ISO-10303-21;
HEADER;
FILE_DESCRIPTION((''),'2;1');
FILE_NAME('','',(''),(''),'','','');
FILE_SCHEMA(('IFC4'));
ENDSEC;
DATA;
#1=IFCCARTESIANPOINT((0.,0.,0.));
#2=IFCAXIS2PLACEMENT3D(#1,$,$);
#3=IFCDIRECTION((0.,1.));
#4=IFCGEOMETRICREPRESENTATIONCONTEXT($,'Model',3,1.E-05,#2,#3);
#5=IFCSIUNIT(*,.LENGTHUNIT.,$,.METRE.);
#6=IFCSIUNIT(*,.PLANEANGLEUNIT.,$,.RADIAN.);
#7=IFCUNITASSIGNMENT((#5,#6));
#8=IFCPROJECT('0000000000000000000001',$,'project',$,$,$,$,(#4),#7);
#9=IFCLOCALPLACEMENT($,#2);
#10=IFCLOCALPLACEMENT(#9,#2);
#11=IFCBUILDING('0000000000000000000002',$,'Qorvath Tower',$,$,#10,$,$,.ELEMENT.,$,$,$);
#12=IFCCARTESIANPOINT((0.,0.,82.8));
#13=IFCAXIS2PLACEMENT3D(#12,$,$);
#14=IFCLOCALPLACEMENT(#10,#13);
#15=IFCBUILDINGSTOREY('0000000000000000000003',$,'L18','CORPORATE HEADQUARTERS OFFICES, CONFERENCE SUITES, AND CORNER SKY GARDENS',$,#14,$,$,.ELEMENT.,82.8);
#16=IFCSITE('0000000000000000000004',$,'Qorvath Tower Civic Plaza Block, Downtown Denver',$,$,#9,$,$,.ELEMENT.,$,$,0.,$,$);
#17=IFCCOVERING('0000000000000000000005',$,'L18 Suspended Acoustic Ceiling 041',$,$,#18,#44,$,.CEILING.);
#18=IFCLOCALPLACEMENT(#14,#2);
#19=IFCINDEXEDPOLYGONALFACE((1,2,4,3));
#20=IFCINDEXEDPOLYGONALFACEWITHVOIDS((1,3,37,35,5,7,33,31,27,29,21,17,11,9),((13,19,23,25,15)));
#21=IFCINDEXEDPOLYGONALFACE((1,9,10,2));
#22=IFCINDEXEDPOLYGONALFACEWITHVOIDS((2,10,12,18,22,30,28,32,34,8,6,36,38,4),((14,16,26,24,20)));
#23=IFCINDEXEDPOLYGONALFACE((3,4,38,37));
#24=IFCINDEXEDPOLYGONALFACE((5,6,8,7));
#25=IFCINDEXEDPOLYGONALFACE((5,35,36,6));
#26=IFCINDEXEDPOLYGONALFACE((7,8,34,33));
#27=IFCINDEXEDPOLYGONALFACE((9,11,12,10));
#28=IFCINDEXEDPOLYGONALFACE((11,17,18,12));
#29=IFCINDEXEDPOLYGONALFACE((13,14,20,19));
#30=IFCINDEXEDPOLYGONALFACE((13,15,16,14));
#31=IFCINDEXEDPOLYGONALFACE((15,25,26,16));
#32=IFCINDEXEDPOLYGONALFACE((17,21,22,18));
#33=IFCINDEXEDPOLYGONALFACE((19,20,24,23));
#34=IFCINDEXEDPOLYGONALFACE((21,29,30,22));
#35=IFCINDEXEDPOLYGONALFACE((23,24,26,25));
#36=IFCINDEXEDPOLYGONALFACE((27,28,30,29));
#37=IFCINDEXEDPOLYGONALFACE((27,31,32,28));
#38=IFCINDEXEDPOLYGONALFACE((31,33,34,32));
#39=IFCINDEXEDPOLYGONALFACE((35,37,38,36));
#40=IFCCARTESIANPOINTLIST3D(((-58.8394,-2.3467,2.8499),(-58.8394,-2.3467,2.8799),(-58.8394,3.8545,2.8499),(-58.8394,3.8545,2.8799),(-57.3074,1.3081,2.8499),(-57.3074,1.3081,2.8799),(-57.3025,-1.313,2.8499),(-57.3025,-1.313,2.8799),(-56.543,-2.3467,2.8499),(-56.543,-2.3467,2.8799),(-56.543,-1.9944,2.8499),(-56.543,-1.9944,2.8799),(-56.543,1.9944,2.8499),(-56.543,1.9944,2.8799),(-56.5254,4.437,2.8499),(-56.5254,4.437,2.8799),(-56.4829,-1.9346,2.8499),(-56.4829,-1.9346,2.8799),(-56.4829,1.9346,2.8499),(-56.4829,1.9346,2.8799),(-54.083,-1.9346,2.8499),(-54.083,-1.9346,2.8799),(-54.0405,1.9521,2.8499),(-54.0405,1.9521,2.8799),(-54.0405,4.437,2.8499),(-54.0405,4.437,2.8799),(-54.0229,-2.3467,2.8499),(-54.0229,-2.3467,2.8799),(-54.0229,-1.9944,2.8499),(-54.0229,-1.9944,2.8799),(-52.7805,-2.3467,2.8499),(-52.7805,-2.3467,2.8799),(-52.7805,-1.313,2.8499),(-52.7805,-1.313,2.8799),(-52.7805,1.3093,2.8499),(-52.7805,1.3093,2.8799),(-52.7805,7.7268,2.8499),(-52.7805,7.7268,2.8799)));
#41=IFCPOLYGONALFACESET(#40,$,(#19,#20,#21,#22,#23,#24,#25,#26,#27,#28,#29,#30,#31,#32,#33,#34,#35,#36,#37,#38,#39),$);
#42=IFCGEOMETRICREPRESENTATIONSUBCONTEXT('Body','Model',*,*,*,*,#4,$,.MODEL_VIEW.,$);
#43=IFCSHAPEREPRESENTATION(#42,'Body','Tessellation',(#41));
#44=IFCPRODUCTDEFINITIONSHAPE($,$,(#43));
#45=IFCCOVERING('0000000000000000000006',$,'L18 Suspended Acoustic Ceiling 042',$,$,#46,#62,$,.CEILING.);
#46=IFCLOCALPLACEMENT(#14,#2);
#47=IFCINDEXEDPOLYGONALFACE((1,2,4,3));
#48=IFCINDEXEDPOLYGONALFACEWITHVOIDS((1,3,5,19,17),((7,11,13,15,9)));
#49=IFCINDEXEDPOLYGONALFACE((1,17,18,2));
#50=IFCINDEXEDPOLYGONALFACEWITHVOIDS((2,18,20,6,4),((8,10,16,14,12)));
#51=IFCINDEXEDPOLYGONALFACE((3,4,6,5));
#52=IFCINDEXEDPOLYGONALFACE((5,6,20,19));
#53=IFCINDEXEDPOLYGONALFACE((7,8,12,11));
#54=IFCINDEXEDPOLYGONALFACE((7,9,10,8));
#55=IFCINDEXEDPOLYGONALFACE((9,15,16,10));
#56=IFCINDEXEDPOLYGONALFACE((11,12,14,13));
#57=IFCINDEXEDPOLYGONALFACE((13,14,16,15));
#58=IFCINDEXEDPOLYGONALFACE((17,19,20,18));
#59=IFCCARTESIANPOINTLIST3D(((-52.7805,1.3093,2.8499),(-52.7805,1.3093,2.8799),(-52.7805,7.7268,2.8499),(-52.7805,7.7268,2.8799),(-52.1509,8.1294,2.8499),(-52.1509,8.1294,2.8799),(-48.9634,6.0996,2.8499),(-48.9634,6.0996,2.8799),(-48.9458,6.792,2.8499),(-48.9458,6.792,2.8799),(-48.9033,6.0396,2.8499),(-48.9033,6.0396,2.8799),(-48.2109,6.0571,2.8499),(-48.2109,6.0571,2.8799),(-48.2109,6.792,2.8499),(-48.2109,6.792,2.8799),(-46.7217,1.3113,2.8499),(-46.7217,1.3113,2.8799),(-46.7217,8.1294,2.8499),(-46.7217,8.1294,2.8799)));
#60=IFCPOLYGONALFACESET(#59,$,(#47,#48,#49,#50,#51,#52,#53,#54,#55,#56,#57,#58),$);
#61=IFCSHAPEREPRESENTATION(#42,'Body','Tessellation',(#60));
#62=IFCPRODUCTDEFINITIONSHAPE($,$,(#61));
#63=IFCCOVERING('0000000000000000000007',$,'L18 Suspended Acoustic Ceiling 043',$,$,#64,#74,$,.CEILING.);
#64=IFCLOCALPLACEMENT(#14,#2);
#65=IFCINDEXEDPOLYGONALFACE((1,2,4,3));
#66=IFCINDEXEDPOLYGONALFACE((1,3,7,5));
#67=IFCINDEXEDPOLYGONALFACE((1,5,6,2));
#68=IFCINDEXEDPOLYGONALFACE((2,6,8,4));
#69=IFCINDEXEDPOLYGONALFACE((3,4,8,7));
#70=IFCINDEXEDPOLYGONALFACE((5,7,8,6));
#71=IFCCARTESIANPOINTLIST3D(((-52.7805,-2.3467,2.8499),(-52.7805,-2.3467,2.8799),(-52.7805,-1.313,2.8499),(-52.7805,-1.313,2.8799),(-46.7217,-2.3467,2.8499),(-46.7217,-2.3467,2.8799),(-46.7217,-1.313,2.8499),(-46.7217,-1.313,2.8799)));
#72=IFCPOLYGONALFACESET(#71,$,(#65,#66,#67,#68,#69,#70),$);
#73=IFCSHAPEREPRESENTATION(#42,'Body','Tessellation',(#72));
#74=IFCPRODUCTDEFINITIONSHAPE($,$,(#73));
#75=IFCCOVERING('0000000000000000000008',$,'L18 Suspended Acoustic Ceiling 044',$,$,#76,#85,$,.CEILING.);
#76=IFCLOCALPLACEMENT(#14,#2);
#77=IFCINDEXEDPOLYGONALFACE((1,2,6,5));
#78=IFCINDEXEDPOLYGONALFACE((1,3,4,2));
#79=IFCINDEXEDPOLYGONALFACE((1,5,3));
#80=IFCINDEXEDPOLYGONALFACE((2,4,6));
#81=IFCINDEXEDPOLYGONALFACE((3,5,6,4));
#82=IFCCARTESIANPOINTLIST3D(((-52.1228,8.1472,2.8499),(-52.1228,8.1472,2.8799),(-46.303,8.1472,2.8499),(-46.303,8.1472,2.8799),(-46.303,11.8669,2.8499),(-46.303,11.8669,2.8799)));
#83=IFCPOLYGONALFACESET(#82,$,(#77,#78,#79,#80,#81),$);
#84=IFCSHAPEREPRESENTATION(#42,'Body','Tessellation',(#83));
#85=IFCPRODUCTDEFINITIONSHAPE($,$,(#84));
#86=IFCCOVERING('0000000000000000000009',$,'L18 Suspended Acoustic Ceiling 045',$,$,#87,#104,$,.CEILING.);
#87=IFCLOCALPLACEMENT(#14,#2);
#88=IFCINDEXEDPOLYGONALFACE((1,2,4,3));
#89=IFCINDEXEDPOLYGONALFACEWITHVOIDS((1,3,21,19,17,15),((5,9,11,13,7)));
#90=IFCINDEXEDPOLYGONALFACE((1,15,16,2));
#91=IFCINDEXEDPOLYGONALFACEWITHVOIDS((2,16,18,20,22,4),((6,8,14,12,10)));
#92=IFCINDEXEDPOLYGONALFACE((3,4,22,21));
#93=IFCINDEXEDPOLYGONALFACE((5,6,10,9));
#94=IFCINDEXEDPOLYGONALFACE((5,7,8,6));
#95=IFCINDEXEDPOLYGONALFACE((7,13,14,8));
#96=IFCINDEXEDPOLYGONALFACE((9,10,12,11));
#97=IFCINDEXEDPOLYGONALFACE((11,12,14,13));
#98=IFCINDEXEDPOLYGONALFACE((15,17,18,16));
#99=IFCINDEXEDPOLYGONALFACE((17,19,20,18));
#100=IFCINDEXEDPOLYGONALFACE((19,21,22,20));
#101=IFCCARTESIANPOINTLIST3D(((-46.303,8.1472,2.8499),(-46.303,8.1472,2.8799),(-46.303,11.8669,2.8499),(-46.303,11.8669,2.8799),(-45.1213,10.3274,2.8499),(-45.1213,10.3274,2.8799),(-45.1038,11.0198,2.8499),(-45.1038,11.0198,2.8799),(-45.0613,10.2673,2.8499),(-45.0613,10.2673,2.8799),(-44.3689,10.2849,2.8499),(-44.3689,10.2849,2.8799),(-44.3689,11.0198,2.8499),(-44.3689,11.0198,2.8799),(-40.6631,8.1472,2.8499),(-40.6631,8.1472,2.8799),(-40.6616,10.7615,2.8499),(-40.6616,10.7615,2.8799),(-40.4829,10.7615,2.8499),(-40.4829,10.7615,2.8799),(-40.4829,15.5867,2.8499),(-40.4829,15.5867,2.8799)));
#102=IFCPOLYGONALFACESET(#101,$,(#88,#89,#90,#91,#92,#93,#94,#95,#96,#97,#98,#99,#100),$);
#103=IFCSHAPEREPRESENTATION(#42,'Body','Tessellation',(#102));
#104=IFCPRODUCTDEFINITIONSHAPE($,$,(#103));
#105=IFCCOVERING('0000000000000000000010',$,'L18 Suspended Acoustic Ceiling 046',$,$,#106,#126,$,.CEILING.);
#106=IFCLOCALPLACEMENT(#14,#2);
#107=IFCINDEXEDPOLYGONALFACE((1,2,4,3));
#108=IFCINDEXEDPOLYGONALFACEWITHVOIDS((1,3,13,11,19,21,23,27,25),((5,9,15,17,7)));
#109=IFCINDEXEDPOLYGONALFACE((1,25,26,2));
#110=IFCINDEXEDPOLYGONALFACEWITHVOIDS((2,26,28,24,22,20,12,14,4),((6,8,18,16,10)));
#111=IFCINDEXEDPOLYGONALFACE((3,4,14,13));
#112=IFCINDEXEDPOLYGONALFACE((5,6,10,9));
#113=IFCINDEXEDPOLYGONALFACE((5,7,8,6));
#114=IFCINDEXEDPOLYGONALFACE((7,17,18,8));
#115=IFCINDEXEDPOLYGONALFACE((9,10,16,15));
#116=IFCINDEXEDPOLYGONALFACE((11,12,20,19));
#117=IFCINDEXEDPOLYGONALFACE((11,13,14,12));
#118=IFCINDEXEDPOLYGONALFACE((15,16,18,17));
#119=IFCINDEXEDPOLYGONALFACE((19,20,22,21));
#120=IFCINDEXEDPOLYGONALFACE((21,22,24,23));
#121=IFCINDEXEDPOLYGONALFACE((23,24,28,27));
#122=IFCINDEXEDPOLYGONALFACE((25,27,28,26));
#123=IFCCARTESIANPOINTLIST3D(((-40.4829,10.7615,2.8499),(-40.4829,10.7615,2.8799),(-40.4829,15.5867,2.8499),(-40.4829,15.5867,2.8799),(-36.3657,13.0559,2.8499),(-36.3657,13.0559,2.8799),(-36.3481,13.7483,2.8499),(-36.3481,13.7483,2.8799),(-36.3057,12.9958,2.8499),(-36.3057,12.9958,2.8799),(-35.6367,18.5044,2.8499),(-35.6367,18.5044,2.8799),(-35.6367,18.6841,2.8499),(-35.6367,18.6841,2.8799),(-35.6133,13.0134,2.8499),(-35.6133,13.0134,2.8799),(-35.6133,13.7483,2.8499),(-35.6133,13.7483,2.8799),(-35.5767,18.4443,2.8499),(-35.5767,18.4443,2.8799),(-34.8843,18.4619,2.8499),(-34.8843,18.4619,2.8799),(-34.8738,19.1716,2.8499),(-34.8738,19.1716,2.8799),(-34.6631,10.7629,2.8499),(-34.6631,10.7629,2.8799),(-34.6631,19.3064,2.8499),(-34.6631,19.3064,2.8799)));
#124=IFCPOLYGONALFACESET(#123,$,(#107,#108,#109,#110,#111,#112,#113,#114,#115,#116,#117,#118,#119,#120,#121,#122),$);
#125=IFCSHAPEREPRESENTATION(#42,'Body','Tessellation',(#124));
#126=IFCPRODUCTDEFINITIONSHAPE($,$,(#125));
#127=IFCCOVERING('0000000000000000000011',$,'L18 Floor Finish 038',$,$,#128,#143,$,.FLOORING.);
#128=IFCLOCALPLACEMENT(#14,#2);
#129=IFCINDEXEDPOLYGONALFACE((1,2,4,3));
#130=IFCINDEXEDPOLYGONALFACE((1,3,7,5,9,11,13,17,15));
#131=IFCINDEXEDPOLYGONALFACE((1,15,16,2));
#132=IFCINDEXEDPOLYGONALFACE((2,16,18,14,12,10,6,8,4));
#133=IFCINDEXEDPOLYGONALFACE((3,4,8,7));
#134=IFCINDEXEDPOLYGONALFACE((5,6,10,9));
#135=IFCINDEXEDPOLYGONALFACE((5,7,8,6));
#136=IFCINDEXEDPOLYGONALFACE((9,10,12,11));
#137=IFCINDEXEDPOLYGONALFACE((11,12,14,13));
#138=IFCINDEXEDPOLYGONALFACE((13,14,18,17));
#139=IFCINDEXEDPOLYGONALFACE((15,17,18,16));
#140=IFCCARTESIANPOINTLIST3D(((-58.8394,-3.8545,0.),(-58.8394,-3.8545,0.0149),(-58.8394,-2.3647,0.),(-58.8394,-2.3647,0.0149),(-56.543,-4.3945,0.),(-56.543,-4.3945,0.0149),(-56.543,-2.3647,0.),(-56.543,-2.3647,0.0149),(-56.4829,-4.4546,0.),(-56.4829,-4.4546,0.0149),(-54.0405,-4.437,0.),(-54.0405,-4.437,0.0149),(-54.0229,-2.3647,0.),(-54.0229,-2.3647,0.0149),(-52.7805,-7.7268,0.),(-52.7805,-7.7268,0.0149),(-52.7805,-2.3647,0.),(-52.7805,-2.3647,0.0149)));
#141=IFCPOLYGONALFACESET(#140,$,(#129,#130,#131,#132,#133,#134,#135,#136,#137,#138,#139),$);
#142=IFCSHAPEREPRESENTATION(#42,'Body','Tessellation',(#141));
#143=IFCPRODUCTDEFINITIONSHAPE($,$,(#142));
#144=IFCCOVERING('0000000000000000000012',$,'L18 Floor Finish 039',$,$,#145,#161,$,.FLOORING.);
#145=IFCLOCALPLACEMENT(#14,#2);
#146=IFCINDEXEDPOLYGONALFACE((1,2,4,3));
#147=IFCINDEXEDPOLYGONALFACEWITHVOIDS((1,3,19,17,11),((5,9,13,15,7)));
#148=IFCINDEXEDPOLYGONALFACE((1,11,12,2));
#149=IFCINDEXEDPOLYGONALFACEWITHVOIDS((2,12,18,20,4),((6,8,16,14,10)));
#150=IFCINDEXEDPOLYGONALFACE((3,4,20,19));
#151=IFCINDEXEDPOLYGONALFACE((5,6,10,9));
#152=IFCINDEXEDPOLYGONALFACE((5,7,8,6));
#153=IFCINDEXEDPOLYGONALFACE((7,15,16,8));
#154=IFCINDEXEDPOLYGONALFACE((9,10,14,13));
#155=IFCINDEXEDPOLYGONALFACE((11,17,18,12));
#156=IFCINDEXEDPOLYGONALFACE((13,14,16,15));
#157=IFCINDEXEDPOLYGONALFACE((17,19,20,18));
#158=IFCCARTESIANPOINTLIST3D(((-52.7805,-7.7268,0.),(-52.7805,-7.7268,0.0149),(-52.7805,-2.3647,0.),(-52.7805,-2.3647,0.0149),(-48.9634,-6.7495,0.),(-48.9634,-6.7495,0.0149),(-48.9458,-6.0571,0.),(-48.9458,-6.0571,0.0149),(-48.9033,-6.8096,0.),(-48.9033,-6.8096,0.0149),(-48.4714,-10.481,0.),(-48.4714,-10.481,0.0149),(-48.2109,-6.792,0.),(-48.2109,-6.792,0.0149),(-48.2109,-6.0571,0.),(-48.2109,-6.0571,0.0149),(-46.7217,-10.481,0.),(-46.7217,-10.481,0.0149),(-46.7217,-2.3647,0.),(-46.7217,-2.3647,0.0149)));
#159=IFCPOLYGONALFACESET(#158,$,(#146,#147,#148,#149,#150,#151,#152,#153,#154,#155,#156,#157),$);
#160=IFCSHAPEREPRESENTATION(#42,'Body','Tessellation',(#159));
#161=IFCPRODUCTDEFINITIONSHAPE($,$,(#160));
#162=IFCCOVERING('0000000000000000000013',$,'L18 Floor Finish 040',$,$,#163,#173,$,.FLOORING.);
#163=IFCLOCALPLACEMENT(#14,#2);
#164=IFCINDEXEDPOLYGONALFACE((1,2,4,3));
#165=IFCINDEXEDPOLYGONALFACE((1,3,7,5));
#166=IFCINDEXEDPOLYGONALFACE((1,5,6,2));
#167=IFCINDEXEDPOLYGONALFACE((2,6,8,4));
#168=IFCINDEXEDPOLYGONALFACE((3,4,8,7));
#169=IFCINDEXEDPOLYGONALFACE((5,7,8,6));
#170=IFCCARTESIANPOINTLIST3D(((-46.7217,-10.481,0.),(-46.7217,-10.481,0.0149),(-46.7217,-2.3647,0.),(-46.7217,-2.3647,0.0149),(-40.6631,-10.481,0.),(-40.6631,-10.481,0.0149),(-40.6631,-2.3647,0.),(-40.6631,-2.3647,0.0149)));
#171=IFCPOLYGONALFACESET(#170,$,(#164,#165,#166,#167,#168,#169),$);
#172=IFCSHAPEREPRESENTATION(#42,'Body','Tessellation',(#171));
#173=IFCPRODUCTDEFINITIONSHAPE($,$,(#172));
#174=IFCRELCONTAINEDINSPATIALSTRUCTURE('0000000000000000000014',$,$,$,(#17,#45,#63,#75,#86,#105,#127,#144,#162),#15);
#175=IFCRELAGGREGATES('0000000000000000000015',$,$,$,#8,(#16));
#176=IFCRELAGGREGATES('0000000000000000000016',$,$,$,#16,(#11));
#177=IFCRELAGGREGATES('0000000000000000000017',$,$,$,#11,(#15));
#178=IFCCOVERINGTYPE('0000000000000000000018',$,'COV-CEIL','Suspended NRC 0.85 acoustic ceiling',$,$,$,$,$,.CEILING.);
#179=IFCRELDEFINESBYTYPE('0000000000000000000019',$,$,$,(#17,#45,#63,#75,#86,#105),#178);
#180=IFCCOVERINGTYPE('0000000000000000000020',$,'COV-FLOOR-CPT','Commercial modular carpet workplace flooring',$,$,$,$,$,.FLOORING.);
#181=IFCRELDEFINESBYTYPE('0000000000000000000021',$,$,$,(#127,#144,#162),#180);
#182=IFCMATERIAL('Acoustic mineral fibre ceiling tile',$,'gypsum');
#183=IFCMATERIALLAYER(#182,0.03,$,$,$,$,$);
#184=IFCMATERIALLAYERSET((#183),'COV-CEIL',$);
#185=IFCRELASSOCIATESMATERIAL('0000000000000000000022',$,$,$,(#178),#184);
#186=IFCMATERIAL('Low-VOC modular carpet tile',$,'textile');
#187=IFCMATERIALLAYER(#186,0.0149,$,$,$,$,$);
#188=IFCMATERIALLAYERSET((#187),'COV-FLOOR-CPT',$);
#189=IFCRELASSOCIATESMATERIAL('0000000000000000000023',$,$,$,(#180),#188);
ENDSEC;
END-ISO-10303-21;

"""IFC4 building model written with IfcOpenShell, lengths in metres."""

from ifc_helpers import new_model, si_unit, direction, frame, origin, place, context, subcontext, project, spatial, polyline, outline, extrude, material, layer, layer_set, type_object, element, save


model = new_model("IFC4")

# Units and contexts
model_context = context("Model", 3, precision=1e-05, world=origin(), true_north=direction((0.0, 1.0)))
body_context = subcontext(model_context, "Body", "Model", "MODEL_VIEW")
ifc_project = project(units=[si_unit("LENGTHUNIT", "METRE"), si_unit("PLANEANGLEUNIT", "RADIAN")], contexts=[model_context])

# Site, building, storey
site_placement = place(None, origin())
site = spatial("IfcSite", under=ifc_project, at=site_placement, Name="Qorvath Tower Civic Plaza Block, Downtown Denver", CompositionType="ELEMENT", RefElevation=0.0)
building_placement = place(site_placement, origin())
building = spatial("IfcBuilding", under=site, at=building_placement, Name="Qorvath Tower", CompositionType="ELEMENT")
storey_placement = place(building_placement, frame((0.0, 0.0, 82.8)))
storey = spatial("IfcBuildingStorey", under=building, at=storey_placement, Name="L18", Description="CORPORATE HEADQUARTERS OFFICES, CONFERENCE SUITES, AND CORNER SKY GARDENS", CompositionType="ELEMENT", Elevation=82.8)

# Coverings
ifc_material_1 = material(Name="Acoustic mineral fibre ceiling tile", Category="gypsum")
ifc_layer_1 = layer(ifc_material_1, 0.03)
ifc_layer_set_1 = layer_set([ifc_layer_1], Name="COV-CEIL")
covering_type_1 = type_object("IfcCoveringType", Name="COV-CEIL", Description="Suspended NRC 0.85 acoustic ceiling", PredefinedType="CEILING", material=ifc_layer_set_1)
covering_1_placement = place(storey_placement, frame((0.0, 0.0, 2.8499)))
element("IfcCovering", 1, at=covering_1_placement, inside=storey, type_object=covering_type_1, Name="L18 Suspended Acoustic Ceiling 041", PredefinedType="CEILING", context=body_context, shape_type="SweptSolid", body=[
    extrude(outline(polyline([(-52.7805, 1.3093), (-52.7805, 7.7268), (-58.8394, 3.8545), (-58.8394, -2.3467), (-56.543, -2.3467), (-56.543, -1.9944), (-56.4829, -1.9346), (-54.083, -1.9346), (-54.0229, -1.9944), (-54.0229, -2.3467), (-52.7805, -2.3467), (-52.7805, -1.313), (-57.3025, -1.313), (-57.3074, 1.3081), (-52.7805, 1.3093)]), holes=[polyline([(-56.543, 1.9944), (-56.5254, 4.437), (-54.0405, 4.437), (-54.0405, 1.9521), (-56.4829, 1.9346), (-56.543, 1.9944)])]), origin(), (0.0, 0.0, 1.0), 0.03),
])
covering_2_placement = place(storey_placement, frame((0.0, 0.0, 2.8499)))
element("IfcCovering", 2, at=covering_2_placement, inside=storey, type_object=covering_type_1, Name="L18 Suspended Acoustic Ceiling 042", PredefinedType="CEILING", context=body_context, shape_type="SweptSolid", body=[
    extrude(outline(polyline([(-46.7217, 1.3113), (-46.7217, 8.1294), (-52.1509, 8.1294), (-52.7805, 7.7268), (-52.7805, 1.3093), (-46.7217, 1.3113)]), holes=[polyline([(-48.9634, 6.0996), (-48.9458, 6.792), (-48.2109, 6.792), (-48.2109, 6.0571), (-48.9033, 6.0396), (-48.9634, 6.0996)])]), origin(), (0.0, 0.0, 1.0), 0.03),
])
covering_3_placement = place(storey_placement, frame((0.0, 0.0, 2.8499)))
element("IfcCovering", 3, at=covering_3_placement, inside=storey, type_object=covering_type_1, Name="L18 Suspended Acoustic Ceiling 043", PredefinedType="CEILING", context=body_context, shape_type="SweptSolid", body=[
    extrude(outline(polyline([(-52.7805, -1.313), (-52.7805, -2.3467), (-46.7217, -2.3467), (-46.7217, -1.313), (-52.7805, -1.313)])), origin(), (0.0, 0.0, 1.0), 0.03),
])
covering_4_placement = place(storey_placement, frame((0.0, 0.0, 2.8499)))
element("IfcCovering", 4, at=covering_4_placement, inside=storey, type_object=covering_type_1, Name="L18 Suspended Acoustic Ceiling 044", PredefinedType="CEILING", context=body_context, shape_type="SweptSolid", body=[
    extrude(outline(polyline([(-46.303, 8.1472), (-46.303, 11.8669), (-52.1228, 8.1472), (-46.303, 8.1472)])), origin(), (0.0, 0.0, 1.0), 0.03),
])
covering_5_placement = place(storey_placement, frame((0.0, 0.0, 2.8499)))
element("IfcCovering", 5, at=covering_5_placement, inside=storey, type_object=covering_type_1, Name="L18 Suspended Acoustic Ceiling 045", PredefinedType="CEILING", context=body_context, shape_type="SweptSolid", body=[
    extrude(outline(polyline([(-40.4829, 10.7615), (-40.4829, 15.5867), (-46.303, 11.8669), (-46.303, 8.1472), (-40.6631, 8.1472), (-40.6616, 10.7615), (-40.4829, 10.7615)]), holes=[polyline([(-45.1213, 10.3274), (-45.1038, 11.0198), (-44.3689, 11.0198), (-44.3689, 10.2849), (-45.0613, 10.2673), (-45.1213, 10.3274)])]), origin(), (0.0, 0.0, 1.0), 0.03),
])
covering_6_placement = place(storey_placement, frame((0.0, 0.0, 2.8499)))
element("IfcCovering", 6, at=covering_6_placement, inside=storey, type_object=covering_type_1, Name="L18 Suspended Acoustic Ceiling 046", PredefinedType="CEILING", context=body_context, shape_type="SweptSolid", body=[
    extrude(outline(polyline([(-34.6631, 10.7629), (-34.6631, 19.3064), (-34.8738, 19.1716), (-34.8843, 18.4619), (-35.5767, 18.4443), (-35.6367, 18.5044), (-35.6367, 18.6841), (-40.4829, 15.5867), (-40.4829, 10.7615), (-34.6631, 10.7629)]), holes=[polyline([(-36.3657, 13.0559), (-36.3481, 13.7483), (-35.6133, 13.7483), (-35.6133, 13.0134), (-36.3057, 12.9958), (-36.3657, 13.0559)])]), origin(), (0.0, 0.0, 1.0), 0.03),
])
ifc_material_2 = material(Name="Low-VOC modular carpet tile", Category="textile")
ifc_layer_2 = layer(ifc_material_2, 0.0149)
ifc_layer_set_2 = layer_set([ifc_layer_2], Name="COV-FLOOR-CPT")
covering_type_2 = type_object("IfcCoveringType", Name="COV-FLOOR-CPT", Description="Commercial modular carpet workplace flooring", PredefinedType="FLOORING", material=ifc_layer_set_2)
covering_7_placement = place(storey_placement, origin())
element("IfcCovering", 7, at=covering_7_placement, inside=storey, type_object=covering_type_2, Name="L18 Floor Finish 038", PredefinedType="FLOORING", context=body_context, shape_type="SweptSolid", body=[
    extrude(outline(polyline([(-56.543, -4.3945), (-56.543, -2.3647), (-58.8394, -2.3647), (-58.8394, -3.8545), (-52.7805, -7.7268), (-52.7805, -2.3647), (-54.0229, -2.3647), (-54.0405, -4.437), (-56.4829, -4.4546), (-56.543, -4.3945)])), origin(), (0.0, 0.0, 1.0), 0.0149),
])
covering_8_placement = place(storey_placement, origin())
element("IfcCovering", 8, at=covering_8_placement, inside=storey, type_object=covering_type_2, Name="L18 Floor Finish 039", PredefinedType="FLOORING", context=body_context, shape_type="SweptSolid", body=[
    extrude(outline(polyline([(-52.7805, -2.3647), (-52.7805, -7.7268), (-48.4714, -10.481), (-46.7217, -10.481), (-46.7217, -2.3647), (-52.7805, -2.3647)]), holes=[polyline([(-48.9634, -6.7495), (-48.9458, -6.0571), (-48.2109, -6.0571), (-48.2109, -6.792), (-48.9033, -6.8096), (-48.9634, -6.7495)])]), origin(), (0.0, 0.0, 1.0), 0.0149),
])
covering_9_placement = place(storey_placement, origin())
element("IfcCovering", 9, at=covering_9_placement, inside=storey, type_object=covering_type_2, Name="L18 Floor Finish 040", PredefinedType="FLOORING", context=body_context, shape_type="SweptSolid", body=[
    extrude(outline(polyline([(-46.7217, -2.3647), (-46.7217, -10.481), (-40.6631, -10.481), (-40.6631, -2.3647), (-46.7217, -2.3647)])), origin(), (0.0, 0.0, 1.0), 0.0149),
])

save(model, "model.ifc")
